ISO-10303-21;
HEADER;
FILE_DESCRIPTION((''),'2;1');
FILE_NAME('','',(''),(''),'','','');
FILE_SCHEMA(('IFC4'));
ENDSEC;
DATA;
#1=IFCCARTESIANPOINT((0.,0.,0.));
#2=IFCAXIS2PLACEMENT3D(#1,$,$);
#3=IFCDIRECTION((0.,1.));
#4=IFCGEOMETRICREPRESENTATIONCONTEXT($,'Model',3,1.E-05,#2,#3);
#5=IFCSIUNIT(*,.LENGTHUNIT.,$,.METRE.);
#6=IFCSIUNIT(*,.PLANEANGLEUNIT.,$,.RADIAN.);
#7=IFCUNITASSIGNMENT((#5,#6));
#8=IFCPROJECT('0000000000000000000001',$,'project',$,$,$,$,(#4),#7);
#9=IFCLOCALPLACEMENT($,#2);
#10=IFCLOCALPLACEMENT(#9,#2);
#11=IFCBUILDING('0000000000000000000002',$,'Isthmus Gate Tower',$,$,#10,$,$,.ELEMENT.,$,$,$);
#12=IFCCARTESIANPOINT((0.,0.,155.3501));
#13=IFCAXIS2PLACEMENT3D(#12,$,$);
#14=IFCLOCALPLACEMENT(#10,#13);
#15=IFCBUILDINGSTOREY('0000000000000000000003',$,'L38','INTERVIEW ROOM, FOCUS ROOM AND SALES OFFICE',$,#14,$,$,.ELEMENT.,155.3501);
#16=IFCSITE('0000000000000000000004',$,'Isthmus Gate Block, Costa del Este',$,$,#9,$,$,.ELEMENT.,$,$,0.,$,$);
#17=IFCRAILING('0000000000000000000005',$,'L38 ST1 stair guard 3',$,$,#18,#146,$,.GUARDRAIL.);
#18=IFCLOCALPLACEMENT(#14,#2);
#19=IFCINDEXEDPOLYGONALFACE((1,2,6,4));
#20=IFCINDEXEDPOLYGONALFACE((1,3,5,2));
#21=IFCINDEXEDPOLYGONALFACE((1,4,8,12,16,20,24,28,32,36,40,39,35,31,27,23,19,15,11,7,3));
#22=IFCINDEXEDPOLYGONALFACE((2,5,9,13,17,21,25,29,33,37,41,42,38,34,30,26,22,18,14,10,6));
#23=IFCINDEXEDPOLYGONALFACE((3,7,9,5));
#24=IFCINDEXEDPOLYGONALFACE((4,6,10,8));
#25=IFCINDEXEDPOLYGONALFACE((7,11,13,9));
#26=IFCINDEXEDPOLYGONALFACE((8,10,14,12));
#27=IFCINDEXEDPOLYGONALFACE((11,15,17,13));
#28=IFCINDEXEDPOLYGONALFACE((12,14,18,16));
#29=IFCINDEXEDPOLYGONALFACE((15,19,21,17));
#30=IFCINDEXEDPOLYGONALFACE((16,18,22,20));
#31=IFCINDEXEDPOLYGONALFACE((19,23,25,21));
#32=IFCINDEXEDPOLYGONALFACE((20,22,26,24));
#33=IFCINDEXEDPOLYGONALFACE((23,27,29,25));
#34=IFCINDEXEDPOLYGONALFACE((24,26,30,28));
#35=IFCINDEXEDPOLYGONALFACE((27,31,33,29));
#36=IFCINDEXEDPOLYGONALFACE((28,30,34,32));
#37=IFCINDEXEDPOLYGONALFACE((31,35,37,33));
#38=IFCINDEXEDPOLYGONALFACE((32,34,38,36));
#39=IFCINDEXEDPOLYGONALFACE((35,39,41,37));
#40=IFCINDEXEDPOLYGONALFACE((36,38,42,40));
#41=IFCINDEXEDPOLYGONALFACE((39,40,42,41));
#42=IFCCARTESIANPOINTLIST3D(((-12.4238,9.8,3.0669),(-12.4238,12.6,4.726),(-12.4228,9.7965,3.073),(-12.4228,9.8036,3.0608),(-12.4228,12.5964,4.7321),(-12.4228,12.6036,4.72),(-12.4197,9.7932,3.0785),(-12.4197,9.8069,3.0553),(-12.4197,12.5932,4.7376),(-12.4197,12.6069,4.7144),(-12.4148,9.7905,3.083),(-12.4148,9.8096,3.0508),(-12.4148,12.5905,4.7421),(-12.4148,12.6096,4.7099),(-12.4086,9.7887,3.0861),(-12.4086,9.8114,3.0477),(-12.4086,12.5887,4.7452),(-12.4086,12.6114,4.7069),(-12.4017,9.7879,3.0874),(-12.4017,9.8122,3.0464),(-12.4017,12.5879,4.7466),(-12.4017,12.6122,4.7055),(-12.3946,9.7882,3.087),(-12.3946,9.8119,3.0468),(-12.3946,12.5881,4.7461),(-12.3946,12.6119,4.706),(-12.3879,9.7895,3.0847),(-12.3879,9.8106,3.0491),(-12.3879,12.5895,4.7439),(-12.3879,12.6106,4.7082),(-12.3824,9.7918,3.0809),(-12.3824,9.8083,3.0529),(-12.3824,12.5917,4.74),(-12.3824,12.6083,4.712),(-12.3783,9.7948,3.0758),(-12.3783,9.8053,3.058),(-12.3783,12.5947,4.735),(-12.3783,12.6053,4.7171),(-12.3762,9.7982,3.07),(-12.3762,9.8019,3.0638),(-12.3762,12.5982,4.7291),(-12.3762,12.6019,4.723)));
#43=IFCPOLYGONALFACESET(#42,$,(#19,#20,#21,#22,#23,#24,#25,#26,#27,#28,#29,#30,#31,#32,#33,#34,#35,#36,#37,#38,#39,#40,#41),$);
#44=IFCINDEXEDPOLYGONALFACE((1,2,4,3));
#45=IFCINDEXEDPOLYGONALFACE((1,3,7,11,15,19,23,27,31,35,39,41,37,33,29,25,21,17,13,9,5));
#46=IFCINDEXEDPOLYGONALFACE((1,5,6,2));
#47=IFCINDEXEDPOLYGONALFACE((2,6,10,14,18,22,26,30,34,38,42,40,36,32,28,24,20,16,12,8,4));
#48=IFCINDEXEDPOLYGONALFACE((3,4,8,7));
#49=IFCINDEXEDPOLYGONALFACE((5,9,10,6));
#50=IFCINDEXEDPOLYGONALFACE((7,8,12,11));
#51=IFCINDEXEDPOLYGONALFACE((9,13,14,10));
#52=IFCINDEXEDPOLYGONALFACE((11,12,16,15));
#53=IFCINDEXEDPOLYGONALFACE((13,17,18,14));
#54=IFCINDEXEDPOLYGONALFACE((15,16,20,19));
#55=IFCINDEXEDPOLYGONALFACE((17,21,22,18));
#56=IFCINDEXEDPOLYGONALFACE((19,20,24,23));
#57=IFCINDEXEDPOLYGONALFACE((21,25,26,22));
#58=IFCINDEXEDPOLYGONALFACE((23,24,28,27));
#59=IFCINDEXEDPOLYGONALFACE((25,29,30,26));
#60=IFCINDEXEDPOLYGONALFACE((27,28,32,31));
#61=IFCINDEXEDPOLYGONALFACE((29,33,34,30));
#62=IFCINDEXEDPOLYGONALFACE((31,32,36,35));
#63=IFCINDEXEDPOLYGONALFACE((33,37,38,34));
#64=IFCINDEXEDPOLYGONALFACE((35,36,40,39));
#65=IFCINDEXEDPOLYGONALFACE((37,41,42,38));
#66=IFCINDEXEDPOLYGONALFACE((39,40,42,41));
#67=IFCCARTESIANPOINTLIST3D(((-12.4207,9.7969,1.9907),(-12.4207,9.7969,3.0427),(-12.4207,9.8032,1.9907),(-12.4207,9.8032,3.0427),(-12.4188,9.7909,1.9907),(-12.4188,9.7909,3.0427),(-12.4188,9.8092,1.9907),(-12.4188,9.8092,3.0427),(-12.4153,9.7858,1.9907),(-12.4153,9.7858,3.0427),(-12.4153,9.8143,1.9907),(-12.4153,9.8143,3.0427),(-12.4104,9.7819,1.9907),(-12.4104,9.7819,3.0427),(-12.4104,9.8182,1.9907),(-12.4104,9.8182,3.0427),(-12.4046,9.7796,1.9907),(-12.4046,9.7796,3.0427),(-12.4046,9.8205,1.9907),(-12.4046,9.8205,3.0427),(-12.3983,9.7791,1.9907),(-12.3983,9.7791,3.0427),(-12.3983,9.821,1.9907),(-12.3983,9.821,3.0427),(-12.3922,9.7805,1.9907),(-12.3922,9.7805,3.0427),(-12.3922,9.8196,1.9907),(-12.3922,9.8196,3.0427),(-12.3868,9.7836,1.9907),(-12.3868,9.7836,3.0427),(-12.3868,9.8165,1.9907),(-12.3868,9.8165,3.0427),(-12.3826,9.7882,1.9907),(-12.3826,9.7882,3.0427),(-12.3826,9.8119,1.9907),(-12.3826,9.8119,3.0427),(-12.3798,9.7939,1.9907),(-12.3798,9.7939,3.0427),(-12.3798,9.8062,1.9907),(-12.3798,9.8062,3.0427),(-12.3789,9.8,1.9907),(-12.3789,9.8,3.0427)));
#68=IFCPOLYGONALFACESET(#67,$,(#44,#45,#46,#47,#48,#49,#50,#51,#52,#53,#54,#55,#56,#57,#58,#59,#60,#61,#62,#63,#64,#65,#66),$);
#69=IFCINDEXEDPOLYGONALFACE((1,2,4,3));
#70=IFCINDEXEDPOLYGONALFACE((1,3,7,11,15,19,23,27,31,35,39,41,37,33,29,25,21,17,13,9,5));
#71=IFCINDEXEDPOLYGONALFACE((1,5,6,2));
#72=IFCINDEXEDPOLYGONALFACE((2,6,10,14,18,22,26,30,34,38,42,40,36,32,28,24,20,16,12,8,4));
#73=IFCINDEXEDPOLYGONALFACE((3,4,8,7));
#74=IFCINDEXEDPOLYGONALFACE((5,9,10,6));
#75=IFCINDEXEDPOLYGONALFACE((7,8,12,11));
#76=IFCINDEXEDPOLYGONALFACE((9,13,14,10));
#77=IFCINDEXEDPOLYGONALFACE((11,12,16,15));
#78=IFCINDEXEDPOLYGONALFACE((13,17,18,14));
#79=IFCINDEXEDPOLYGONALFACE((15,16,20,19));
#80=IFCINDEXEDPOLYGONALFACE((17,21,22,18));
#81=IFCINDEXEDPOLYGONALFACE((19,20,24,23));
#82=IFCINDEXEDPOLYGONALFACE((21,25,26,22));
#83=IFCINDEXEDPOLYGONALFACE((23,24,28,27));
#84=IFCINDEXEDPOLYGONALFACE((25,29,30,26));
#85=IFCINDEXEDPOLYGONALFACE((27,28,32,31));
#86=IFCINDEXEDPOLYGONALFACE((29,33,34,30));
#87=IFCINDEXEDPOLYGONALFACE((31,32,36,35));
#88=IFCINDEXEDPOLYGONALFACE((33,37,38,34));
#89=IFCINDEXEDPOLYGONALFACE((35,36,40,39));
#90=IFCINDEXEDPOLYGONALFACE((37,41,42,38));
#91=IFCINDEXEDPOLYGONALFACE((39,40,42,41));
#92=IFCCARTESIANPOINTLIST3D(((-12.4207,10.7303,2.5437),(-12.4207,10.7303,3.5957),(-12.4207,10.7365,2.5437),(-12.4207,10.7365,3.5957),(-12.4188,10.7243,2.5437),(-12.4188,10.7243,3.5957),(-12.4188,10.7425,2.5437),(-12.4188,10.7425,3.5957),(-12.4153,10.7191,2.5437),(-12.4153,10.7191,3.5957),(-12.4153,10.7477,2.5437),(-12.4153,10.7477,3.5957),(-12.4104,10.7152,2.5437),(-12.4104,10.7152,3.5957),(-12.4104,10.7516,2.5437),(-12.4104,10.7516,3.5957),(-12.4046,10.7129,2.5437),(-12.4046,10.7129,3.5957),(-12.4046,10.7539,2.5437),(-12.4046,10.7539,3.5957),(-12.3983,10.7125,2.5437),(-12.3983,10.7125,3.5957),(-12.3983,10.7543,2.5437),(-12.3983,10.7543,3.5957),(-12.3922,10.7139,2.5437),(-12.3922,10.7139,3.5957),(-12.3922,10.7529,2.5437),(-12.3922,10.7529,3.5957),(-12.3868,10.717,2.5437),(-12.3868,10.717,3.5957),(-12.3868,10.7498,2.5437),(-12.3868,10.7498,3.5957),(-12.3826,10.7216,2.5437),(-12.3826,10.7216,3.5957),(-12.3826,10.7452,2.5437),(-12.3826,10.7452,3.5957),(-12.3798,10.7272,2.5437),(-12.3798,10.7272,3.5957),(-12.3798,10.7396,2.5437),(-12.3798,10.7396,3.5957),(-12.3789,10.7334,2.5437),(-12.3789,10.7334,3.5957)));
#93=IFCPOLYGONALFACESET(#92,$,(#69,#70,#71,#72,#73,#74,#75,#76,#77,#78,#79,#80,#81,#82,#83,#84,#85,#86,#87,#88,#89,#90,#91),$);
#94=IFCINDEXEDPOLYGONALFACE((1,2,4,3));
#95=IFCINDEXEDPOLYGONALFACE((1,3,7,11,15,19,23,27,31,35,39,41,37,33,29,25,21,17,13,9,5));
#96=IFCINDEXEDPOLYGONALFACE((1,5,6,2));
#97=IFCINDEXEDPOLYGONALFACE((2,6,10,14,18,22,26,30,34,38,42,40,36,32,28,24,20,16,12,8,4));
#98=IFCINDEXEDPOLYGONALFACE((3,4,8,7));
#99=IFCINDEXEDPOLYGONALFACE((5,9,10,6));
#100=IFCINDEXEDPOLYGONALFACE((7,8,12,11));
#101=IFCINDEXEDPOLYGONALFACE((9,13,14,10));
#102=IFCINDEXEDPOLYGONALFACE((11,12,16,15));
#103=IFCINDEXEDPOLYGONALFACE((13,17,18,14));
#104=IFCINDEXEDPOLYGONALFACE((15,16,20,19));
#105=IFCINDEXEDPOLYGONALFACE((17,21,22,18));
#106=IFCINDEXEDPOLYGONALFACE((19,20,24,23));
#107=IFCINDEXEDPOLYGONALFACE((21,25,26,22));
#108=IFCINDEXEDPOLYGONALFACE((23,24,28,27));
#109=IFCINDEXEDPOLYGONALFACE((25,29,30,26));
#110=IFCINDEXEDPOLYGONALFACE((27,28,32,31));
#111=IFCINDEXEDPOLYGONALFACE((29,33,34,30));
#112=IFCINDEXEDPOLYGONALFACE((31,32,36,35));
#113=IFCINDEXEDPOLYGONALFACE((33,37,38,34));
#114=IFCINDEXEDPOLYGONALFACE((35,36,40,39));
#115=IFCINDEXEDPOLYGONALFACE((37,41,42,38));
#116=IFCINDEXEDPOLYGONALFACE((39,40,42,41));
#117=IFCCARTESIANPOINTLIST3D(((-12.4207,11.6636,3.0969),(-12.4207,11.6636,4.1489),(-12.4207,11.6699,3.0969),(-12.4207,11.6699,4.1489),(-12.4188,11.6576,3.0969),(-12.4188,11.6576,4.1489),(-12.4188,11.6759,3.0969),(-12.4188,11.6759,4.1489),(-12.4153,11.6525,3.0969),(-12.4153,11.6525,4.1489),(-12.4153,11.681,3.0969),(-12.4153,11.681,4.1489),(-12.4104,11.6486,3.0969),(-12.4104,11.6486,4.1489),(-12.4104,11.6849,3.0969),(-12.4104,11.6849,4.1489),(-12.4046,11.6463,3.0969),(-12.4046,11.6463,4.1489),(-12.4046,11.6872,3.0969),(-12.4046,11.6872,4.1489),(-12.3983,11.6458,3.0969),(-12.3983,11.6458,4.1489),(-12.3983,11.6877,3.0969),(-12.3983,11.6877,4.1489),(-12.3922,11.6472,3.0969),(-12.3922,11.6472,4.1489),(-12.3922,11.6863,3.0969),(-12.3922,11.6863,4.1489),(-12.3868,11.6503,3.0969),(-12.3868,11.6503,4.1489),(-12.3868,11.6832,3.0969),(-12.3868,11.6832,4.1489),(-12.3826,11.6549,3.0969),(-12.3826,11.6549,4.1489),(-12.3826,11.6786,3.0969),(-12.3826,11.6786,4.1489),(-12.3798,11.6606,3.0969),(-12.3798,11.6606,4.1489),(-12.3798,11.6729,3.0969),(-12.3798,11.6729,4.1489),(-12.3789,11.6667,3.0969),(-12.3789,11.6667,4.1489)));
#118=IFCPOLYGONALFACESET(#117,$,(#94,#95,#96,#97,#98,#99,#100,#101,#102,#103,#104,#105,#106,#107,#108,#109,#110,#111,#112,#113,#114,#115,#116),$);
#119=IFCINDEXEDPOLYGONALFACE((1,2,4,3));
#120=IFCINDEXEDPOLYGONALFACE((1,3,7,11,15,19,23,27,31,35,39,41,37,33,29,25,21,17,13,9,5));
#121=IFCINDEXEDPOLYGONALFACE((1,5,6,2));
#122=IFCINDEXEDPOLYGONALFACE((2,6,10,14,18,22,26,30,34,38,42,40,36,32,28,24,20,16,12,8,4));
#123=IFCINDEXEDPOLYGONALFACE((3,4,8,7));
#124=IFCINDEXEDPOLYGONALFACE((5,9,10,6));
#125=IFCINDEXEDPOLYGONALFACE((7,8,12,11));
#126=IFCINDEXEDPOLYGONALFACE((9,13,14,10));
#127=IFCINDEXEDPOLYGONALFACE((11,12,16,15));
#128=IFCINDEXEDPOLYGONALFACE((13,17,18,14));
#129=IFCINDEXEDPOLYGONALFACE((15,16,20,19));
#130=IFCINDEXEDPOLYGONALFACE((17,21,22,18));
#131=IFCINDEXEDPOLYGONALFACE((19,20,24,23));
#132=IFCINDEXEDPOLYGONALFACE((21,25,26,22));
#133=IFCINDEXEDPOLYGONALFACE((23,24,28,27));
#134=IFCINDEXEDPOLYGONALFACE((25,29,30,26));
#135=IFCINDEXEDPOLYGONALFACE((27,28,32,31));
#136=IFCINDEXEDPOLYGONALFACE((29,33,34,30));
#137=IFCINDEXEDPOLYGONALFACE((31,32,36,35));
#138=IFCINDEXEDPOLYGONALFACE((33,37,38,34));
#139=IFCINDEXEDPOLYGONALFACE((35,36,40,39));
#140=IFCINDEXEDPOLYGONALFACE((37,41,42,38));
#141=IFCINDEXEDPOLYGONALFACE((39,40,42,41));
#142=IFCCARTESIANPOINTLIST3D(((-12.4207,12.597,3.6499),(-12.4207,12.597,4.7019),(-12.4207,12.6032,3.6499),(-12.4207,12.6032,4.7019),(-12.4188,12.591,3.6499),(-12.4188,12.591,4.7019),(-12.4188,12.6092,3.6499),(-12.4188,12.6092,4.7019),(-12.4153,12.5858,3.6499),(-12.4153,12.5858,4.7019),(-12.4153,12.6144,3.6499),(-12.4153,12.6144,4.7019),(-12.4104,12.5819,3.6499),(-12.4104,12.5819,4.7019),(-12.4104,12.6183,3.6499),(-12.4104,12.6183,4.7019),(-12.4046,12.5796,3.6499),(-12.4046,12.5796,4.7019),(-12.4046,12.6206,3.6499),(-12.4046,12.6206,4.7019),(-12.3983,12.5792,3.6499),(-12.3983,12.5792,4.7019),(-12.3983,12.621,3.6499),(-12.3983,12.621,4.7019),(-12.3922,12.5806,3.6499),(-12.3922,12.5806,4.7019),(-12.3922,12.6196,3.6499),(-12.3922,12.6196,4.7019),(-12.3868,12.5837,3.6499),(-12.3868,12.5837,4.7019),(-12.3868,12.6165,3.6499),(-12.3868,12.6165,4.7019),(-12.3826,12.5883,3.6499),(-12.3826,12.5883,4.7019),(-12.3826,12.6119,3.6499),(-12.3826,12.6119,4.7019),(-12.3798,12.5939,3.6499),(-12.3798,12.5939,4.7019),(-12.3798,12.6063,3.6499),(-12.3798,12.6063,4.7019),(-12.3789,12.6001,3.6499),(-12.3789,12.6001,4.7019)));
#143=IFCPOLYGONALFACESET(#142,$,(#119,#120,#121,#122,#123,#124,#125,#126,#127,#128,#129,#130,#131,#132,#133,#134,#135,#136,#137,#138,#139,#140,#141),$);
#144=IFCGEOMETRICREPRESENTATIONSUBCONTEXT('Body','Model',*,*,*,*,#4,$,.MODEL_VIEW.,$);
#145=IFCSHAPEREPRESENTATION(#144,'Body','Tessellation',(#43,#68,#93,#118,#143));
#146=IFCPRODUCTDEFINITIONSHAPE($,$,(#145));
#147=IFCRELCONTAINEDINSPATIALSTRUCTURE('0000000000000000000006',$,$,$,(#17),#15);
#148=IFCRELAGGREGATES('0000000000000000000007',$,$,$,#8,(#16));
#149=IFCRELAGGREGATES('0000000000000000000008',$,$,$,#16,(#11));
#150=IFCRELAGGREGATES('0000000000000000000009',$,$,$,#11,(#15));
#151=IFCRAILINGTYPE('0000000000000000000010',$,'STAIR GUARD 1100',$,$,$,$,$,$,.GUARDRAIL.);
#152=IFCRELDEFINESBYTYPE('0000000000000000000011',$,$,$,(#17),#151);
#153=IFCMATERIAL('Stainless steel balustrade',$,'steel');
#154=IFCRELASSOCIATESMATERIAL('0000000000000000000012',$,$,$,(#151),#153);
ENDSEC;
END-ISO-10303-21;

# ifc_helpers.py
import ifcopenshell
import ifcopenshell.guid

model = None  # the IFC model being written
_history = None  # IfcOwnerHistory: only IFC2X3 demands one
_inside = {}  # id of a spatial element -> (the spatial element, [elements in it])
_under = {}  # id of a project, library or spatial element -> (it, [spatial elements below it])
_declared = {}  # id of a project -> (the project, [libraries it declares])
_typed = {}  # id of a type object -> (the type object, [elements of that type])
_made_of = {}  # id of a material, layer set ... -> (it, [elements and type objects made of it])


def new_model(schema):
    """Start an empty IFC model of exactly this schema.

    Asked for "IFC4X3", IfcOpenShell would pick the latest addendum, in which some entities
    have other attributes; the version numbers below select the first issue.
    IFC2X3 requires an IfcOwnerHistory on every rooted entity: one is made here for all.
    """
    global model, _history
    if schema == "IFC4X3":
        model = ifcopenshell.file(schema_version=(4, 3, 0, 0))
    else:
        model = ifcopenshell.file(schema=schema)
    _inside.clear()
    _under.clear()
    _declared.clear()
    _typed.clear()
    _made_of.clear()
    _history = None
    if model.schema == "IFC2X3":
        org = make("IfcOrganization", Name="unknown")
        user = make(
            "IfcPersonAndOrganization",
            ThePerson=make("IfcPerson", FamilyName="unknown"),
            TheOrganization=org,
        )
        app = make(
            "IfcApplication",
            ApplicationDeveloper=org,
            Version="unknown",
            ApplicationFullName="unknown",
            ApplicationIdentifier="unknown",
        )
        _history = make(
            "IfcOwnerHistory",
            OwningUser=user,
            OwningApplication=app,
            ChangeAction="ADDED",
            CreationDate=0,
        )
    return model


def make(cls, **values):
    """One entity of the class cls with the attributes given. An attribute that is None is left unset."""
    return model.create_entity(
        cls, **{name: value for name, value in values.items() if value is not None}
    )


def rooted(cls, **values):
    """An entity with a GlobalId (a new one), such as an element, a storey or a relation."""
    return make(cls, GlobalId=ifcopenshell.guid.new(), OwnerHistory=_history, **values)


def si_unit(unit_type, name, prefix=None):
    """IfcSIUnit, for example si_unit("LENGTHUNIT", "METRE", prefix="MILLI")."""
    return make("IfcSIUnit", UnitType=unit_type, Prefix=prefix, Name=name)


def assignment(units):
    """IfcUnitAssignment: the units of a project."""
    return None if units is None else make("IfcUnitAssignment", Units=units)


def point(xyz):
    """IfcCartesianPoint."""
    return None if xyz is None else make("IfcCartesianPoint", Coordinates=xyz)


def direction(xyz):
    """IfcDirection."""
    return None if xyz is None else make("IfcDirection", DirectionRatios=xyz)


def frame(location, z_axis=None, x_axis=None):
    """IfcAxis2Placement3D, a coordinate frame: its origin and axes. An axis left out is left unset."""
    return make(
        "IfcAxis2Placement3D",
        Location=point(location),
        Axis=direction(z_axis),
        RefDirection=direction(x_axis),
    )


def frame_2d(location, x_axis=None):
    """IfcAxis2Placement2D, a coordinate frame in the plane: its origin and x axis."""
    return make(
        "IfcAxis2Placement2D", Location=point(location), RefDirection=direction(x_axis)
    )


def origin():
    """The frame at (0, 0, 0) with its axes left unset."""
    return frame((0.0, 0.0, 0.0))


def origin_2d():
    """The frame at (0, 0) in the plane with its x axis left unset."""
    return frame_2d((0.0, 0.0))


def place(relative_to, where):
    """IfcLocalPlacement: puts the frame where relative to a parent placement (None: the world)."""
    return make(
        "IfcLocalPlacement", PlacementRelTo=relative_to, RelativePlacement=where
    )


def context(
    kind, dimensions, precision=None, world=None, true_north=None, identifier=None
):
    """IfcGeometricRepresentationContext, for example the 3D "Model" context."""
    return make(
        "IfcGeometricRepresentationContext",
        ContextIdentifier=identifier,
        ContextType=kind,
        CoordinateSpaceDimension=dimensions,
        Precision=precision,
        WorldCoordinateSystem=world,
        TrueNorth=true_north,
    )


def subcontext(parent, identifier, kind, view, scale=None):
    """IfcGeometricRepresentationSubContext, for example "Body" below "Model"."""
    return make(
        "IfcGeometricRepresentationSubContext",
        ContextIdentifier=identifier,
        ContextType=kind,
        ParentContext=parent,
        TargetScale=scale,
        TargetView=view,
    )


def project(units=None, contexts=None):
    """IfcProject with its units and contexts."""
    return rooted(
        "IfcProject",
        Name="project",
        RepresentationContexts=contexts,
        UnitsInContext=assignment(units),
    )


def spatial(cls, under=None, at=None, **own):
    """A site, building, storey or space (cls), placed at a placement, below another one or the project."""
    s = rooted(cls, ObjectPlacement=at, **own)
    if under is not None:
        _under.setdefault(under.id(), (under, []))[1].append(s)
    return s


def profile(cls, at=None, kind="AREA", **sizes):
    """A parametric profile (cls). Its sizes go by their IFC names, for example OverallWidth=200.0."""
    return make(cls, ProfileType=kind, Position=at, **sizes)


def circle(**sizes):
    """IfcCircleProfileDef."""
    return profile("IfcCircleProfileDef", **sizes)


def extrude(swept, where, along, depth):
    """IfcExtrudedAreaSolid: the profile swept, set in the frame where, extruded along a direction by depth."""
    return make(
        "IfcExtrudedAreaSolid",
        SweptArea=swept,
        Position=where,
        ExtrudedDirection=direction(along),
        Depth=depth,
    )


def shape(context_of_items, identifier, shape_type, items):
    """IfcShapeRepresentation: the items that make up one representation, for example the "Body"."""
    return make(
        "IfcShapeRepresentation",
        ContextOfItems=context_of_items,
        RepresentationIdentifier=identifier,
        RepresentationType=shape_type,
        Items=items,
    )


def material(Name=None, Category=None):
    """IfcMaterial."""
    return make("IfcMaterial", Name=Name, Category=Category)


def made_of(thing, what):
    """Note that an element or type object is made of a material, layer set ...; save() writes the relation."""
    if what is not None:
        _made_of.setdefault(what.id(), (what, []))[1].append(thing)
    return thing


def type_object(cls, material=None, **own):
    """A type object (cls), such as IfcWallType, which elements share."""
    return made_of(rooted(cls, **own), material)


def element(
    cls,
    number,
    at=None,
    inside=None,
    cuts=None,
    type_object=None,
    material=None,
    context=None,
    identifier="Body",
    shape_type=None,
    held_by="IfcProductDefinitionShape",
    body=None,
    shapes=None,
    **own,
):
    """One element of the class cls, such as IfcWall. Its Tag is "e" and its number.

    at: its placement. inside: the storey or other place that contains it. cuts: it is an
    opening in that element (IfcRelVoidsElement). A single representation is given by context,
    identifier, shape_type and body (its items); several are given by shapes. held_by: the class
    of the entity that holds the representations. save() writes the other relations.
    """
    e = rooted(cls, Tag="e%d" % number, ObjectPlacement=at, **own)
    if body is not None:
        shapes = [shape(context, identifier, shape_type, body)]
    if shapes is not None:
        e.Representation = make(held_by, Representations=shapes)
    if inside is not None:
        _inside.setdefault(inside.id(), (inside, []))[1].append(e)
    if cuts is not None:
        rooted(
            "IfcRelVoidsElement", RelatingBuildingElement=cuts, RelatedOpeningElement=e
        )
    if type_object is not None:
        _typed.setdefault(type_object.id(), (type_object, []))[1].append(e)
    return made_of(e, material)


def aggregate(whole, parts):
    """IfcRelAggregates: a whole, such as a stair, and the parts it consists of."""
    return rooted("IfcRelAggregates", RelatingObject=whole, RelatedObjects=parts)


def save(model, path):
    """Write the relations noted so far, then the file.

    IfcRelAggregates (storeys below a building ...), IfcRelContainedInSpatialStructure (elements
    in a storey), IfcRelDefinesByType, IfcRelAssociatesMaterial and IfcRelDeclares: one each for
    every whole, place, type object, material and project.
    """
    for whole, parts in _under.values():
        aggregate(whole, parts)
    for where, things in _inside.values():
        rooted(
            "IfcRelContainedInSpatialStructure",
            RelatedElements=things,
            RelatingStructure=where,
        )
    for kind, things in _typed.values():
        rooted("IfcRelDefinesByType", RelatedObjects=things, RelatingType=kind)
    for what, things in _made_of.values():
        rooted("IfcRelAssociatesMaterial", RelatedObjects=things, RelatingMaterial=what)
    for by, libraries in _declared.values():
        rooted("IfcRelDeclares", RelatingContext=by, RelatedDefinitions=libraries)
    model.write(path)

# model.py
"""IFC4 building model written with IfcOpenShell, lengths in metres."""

from ifc_helpers import new_model, si_unit, direction, frame, origin, origin_2d, place, context, subcontext, project, spatial, circle, extrude, material, type_object, element, save


model = new_model("IFC4")

# Units and contexts
model_context = context("Model", 3, precision=1e-05, world=origin(), true_north=direction((0.0, 1.0)))
body_context = subcontext(model_context, "Body", "Model", "MODEL_VIEW")
ifc_project = project(units=[si_unit("LENGTHUNIT", "METRE"), si_unit("PLANEANGLEUNIT", "RADIAN")], contexts=[model_context])

# Site, building, storey
site_placement = place(None, origin())
site = spatial("IfcSite", under=ifc_project, at=site_placement, Name="Isthmus Gate Block, Costa del Este", CompositionType="ELEMENT", RefElevation=0.0)
building_placement = place(site_placement, origin())
building = spatial("IfcBuilding", under=site, at=building_placement, Name="Isthmus Gate Tower", CompositionType="ELEMENT")
storey_placement = place(building_placement, frame((0.0, 0.0, 155.3501)))
storey = spatial("IfcBuildingStorey", under=building, at=storey_placement, Name="L38", Description="INTERVIEW ROOM, FOCUS ROOM AND SALES OFFICE", CompositionType="ELEMENT", Elevation=155.3501)

# Railing
ifc_material_1 = material(Name="Stainless steel balustrade", Category="steel")
railing_type_1 = type_object("IfcRailingType", Name="STAIR GUARD 1100", PredefinedType="GUARDRAIL", material=ifc_material_1)
railing_1_placement = place(storey_placement, frame((-12.3999, 9.8, 1.9907)))
element("IfcRailing", 1, at=railing_1_placement, inside=storey, type_object=railing_type_1, Name="L38 ST1 stair guard 3", PredefinedType="GUARDRAIL", context=body_context, shape_type="SweptSolid", body=[
    extrude(circle(Radius=0.0239, at=origin_2d()), frame((0.0, 0.0, 1.0762), z_axis=(0.0, 0.860306, 0.509778), x_axis=(-1.0, 0.0, 0.0)), (0.0, 0.0, 1.0), 3.2546),
    extrude(circle(Radius=0.021, at=origin_2d()), origin(), (0.0, 0.0, 1.0), 1.052),
    extrude(circle(Radius=0.021, at=origin_2d()), frame((0.0, 0.9333, 0.553)), (0.0, 0.0, 1.0), 1.052),
    extrude(circle(Radius=0.021, at=origin_2d()), frame((0.0, 1.8667, 1.1062)), (0.0, 0.0, 1.0), 1.052),
    extrude(circle(Radius=0.021, at=origin_2d()), frame((0.0, 2.8, 1.6592)), (0.0, 0.0, 1.0), 1.052),
])

save(model, "model.ifc")
